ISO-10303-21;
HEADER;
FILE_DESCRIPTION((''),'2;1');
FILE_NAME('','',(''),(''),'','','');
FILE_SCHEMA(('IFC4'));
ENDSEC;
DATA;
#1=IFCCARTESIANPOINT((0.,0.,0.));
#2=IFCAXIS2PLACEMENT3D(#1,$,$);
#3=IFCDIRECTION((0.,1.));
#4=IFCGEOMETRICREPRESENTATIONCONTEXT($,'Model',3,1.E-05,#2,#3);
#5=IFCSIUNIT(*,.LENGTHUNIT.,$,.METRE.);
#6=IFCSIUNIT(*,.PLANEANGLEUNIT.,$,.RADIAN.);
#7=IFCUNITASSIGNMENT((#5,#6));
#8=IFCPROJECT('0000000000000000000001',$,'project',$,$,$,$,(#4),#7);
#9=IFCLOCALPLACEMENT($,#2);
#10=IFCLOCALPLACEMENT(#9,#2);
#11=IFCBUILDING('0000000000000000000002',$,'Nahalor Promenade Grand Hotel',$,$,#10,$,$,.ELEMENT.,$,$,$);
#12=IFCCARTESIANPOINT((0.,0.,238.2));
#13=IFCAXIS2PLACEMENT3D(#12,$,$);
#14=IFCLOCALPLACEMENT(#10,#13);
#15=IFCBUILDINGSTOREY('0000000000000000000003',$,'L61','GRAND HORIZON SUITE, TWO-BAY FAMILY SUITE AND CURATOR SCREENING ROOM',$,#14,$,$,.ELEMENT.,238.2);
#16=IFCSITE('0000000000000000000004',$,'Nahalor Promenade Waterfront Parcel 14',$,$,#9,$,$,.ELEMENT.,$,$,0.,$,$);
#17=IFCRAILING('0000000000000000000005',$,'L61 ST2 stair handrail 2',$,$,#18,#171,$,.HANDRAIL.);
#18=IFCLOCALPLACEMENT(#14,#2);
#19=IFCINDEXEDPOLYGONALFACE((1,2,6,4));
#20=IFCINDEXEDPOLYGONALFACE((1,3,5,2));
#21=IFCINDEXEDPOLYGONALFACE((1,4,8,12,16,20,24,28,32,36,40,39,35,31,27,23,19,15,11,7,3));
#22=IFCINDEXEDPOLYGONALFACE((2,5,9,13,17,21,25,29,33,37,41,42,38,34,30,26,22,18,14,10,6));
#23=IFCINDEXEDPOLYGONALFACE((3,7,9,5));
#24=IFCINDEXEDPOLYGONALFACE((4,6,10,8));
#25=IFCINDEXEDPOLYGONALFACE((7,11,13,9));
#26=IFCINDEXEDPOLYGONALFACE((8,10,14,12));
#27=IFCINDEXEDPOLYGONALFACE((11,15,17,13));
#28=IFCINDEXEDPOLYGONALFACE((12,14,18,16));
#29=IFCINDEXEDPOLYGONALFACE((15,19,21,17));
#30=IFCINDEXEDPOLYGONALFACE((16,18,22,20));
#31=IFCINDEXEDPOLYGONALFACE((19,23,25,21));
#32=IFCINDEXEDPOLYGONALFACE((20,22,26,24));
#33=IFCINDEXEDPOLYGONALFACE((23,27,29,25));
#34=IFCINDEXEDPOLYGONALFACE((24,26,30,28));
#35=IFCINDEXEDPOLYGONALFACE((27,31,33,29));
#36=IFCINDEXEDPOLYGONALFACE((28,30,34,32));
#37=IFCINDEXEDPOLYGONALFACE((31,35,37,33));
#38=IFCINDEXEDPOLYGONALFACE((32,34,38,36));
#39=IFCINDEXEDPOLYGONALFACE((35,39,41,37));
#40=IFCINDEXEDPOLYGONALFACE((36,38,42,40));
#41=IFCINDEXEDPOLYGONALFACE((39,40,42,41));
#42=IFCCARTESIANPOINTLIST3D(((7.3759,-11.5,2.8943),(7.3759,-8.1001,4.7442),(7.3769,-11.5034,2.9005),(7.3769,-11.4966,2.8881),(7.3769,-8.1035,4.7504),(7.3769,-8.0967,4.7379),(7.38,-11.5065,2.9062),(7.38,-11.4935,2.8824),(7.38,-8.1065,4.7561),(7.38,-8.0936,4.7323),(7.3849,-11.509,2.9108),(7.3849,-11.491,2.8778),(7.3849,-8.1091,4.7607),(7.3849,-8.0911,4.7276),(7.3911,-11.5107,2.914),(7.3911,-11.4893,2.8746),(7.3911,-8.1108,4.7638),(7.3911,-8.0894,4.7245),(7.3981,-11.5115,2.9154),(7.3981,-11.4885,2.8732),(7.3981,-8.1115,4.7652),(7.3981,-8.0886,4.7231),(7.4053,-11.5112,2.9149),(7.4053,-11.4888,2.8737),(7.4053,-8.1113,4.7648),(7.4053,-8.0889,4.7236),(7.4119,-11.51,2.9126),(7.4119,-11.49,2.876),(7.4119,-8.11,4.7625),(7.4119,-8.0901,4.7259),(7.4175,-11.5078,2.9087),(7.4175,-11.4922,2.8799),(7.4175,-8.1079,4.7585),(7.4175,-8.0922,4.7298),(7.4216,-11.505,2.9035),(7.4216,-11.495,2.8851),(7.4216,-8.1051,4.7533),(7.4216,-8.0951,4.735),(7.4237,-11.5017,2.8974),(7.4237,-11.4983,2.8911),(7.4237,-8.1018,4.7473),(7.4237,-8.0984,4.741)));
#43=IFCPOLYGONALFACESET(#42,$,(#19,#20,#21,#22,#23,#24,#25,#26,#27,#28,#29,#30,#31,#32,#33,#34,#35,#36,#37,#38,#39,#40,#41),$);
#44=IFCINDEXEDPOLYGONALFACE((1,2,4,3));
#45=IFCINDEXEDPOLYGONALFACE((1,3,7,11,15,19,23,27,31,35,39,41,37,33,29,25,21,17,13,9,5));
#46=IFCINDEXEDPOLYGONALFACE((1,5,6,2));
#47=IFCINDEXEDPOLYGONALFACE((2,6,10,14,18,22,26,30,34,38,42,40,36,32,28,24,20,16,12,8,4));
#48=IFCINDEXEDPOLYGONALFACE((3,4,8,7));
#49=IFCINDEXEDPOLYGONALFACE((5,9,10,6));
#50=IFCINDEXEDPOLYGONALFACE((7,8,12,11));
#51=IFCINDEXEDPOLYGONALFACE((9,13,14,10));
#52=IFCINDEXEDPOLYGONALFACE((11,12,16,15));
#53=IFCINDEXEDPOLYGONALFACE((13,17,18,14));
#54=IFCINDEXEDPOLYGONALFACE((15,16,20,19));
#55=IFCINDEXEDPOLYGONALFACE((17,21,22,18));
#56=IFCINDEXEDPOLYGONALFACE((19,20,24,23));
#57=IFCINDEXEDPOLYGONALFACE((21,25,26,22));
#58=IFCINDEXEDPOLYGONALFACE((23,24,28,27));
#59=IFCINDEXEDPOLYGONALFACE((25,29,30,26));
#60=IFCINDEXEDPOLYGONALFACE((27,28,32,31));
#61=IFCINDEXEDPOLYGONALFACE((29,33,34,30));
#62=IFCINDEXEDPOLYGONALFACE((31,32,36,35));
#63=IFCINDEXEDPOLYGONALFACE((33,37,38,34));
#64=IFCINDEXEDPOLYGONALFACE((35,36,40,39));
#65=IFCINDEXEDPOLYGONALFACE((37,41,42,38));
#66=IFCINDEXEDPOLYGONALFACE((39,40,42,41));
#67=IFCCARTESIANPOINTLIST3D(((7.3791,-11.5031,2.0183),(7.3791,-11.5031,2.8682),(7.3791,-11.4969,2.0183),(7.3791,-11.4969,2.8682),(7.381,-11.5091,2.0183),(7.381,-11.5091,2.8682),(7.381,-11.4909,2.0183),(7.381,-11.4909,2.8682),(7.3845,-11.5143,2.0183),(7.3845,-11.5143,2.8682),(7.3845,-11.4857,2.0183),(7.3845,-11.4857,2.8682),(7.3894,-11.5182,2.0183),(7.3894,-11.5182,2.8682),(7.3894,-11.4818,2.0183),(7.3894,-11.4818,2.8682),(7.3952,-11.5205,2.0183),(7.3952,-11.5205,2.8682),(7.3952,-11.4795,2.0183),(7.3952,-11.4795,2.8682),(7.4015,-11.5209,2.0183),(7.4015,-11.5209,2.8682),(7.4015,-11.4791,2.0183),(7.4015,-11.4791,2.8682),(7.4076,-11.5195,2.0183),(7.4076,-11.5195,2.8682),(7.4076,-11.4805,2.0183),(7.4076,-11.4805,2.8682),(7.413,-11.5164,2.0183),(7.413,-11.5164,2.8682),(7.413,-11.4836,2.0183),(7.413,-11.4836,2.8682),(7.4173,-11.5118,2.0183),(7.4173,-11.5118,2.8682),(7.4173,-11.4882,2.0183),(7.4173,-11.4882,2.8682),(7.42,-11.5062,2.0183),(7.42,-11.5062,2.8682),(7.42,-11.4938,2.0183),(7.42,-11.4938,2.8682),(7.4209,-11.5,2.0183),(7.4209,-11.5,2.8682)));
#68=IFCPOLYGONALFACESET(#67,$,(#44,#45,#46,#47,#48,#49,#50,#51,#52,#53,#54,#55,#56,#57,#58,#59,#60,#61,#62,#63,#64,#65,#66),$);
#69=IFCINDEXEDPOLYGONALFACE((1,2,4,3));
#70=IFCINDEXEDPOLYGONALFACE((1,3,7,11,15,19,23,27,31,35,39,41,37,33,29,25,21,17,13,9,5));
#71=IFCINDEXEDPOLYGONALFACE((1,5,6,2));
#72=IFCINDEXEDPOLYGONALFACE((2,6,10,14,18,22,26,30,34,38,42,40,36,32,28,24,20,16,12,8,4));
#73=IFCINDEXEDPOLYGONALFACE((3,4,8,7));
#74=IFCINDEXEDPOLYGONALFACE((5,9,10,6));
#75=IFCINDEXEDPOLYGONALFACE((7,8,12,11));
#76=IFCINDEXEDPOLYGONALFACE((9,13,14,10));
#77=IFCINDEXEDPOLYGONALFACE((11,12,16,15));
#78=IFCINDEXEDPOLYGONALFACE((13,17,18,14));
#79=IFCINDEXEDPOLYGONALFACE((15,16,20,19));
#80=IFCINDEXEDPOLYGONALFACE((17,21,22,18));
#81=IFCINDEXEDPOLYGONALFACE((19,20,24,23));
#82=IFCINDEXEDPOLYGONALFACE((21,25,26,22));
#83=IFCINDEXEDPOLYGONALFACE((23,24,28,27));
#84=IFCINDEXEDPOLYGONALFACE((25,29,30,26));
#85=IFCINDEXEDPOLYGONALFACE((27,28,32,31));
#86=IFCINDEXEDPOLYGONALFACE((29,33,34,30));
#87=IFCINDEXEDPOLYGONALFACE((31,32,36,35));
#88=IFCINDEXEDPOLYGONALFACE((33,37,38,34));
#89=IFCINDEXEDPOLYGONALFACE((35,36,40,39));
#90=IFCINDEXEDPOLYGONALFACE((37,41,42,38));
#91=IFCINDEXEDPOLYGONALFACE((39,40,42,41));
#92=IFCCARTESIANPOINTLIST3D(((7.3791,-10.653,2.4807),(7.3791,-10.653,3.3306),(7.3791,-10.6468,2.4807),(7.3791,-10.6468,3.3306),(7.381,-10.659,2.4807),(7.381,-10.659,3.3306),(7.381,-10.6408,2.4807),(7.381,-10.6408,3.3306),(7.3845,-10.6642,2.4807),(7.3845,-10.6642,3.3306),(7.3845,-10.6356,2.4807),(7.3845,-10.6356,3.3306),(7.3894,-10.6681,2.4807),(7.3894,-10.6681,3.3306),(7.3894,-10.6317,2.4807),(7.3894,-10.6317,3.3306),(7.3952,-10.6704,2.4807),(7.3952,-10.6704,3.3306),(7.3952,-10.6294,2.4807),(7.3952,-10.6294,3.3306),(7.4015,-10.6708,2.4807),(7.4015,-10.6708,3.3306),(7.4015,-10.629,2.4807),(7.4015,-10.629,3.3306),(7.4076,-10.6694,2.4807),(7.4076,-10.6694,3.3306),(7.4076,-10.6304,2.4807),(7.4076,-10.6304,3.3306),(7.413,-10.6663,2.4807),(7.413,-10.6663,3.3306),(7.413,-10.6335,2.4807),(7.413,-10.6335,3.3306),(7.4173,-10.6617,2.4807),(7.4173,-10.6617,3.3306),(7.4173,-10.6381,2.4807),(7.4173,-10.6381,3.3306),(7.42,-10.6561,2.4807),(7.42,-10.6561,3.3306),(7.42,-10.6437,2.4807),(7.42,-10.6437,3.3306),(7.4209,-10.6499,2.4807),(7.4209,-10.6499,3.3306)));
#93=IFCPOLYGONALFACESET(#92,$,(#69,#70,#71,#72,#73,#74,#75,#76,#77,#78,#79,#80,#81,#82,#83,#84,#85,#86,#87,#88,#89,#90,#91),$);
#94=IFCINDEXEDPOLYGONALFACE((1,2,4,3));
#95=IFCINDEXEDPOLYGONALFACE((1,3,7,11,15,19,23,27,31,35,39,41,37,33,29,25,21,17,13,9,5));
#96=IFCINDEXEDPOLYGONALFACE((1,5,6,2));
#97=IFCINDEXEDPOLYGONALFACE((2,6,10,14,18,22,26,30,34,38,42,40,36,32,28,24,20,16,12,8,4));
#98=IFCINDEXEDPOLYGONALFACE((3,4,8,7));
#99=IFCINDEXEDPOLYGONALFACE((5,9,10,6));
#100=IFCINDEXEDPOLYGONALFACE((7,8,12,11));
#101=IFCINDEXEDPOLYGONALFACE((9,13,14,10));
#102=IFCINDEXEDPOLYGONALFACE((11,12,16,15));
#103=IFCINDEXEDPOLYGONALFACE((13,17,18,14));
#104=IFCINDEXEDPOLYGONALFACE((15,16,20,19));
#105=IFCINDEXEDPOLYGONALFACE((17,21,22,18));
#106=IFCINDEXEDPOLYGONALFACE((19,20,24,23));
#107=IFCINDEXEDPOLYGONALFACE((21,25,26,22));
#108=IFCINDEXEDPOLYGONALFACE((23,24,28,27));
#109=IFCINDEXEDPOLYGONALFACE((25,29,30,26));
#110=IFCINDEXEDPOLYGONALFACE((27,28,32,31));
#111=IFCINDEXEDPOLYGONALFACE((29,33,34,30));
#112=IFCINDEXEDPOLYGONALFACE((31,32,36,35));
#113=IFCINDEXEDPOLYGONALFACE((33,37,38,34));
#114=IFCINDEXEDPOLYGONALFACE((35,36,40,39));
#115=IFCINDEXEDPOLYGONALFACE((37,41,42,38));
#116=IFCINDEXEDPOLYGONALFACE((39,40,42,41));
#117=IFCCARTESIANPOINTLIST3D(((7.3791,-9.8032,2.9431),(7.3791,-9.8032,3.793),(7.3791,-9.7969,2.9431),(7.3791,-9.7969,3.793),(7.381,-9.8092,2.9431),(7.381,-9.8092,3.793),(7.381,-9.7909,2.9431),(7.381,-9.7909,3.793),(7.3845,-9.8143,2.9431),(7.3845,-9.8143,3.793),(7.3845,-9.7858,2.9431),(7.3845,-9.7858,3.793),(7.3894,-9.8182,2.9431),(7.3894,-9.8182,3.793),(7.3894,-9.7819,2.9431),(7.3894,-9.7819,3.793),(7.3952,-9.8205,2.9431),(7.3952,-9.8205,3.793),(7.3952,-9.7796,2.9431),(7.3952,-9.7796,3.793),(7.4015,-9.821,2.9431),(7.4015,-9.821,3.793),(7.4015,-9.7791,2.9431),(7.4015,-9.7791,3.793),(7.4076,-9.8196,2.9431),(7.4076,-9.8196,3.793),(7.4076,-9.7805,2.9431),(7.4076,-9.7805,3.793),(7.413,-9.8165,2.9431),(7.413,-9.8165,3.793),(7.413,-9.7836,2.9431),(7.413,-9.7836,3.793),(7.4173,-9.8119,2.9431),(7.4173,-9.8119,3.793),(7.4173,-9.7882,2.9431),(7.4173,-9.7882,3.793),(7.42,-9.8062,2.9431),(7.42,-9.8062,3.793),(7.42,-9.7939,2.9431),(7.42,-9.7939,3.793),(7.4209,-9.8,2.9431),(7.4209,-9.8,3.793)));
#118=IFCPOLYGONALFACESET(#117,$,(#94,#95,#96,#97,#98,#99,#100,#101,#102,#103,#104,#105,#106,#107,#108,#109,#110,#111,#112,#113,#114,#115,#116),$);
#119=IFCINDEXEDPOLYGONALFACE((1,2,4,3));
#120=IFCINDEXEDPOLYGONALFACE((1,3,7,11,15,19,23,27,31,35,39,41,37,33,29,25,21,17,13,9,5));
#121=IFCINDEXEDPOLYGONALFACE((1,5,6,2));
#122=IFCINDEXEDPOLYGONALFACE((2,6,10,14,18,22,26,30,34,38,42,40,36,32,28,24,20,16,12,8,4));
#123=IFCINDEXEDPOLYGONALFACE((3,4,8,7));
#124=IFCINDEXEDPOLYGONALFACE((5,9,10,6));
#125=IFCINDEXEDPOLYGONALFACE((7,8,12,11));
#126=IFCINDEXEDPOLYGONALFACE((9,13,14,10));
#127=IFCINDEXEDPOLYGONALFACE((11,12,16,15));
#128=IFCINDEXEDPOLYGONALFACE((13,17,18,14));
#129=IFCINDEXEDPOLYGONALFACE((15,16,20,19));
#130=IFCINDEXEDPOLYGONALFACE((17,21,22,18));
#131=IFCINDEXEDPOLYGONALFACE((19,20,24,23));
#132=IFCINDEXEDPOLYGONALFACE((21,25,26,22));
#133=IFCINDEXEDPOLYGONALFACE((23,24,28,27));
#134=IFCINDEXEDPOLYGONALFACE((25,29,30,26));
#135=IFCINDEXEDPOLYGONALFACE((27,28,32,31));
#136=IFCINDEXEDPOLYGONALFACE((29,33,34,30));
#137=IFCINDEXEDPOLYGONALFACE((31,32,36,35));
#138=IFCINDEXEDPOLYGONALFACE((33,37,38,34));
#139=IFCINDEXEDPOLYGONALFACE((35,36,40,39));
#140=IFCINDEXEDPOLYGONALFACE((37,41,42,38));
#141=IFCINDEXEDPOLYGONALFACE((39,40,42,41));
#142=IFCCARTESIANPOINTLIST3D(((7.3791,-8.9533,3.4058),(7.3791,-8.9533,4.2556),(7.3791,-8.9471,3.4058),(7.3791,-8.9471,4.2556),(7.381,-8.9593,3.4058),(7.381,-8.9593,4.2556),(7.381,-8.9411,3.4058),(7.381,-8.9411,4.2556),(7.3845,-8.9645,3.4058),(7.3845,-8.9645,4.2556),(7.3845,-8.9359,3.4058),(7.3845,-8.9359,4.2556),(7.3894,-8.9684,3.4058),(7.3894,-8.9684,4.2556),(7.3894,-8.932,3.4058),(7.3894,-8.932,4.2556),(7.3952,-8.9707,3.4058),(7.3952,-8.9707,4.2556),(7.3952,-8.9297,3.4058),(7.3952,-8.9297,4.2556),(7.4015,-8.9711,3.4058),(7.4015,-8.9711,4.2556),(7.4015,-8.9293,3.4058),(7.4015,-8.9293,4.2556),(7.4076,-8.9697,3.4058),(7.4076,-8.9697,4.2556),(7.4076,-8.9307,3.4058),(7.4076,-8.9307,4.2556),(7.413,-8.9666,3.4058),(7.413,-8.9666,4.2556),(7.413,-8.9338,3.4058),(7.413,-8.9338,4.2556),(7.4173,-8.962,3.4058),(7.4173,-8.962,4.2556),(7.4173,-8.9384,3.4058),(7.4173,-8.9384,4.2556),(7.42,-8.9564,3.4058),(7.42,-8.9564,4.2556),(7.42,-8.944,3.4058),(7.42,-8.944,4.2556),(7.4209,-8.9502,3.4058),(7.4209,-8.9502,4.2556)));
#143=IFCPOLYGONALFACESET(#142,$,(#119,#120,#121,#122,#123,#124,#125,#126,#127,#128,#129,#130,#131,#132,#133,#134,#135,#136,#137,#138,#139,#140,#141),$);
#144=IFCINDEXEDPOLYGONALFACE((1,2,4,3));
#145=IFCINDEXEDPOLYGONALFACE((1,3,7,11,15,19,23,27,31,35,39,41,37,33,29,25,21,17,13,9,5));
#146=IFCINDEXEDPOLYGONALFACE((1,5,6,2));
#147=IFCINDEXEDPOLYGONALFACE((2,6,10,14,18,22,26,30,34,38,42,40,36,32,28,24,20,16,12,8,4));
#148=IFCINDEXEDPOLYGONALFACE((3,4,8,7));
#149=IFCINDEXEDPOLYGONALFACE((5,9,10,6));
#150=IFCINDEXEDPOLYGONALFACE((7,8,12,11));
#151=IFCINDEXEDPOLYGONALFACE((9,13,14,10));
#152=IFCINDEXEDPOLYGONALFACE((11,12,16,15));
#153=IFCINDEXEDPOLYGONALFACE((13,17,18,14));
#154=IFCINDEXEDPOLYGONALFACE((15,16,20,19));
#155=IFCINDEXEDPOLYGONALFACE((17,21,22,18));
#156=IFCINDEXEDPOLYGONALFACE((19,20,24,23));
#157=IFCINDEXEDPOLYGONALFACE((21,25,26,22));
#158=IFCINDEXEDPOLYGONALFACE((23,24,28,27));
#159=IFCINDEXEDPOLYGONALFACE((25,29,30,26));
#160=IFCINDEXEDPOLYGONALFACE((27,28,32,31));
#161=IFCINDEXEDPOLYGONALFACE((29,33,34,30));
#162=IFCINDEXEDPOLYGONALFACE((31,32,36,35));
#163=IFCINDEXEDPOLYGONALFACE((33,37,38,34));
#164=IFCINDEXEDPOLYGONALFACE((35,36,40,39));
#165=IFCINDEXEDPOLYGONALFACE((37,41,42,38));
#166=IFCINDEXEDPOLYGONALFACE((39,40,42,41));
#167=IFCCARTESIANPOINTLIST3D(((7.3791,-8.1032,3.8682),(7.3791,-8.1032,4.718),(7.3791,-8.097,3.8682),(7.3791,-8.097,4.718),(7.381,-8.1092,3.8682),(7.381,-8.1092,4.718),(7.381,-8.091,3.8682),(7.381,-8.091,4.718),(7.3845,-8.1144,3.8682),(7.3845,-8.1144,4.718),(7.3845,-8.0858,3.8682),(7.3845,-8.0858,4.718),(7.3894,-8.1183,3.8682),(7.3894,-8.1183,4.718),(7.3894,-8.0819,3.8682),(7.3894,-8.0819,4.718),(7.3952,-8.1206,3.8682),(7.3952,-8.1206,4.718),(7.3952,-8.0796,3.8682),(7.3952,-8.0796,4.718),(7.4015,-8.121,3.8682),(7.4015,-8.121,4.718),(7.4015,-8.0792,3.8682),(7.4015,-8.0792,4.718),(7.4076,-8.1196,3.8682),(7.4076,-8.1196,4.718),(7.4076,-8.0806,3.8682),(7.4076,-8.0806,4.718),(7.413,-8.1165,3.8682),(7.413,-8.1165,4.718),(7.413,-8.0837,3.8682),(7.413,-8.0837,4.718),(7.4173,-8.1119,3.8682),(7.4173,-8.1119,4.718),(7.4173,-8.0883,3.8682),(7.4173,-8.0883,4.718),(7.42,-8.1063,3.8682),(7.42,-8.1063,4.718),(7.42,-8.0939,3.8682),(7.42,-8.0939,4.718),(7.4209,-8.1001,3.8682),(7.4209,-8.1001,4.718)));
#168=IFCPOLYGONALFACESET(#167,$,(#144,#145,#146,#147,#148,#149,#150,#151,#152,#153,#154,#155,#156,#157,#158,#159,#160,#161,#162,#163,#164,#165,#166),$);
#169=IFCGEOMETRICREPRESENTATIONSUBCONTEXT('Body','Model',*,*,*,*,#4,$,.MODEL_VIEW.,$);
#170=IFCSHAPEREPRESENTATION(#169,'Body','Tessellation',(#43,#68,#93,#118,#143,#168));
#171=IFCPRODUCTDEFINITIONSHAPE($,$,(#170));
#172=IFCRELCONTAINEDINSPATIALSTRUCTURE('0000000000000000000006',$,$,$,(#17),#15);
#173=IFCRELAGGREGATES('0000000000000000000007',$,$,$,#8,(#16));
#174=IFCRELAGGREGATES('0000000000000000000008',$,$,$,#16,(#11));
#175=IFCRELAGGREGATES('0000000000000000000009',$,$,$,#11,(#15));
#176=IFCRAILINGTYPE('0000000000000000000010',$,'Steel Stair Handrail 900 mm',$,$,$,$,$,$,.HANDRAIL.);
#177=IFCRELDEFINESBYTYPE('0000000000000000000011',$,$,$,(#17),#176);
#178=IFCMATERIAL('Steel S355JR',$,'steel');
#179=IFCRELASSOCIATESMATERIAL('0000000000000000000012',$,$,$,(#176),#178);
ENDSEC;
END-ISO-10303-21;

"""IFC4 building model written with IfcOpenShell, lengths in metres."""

from ifc_helpers import new_model, si_unit, direction, frame, origin, origin_2d, place, context, subcontext, project, spatial, circle, extrude, material, type_object, element, save


model = new_model("IFC4")

# Units and contexts
model_context = context("Model", 3, precision=1e-05, world=origin(), true_north=direction((0.0, 1.0)))
body_context = subcontext(model_context, "Body", "Model", "MODEL_VIEW")
ifc_project = project(units=[si_unit("LENGTHUNIT", "METRE"), si_unit("PLANEANGLEUNIT", "RADIAN")], contexts=[model_context])

# Site, building, storey
site_placement = place(None, origin())
site = spatial("IfcSite", under=ifc_project, at=site_placement, Name="Nahalor Promenade Waterfront Parcel 14", CompositionType="ELEMENT", RefElevation=0.0)
building_placement = place(site_placement, origin())
building = spatial("IfcBuilding", under=site, at=building_placement, Name="Nahalor Promenade Grand Hotel", CompositionType="ELEMENT")
storey_placement = place(building_placement, frame((0.0, 0.0, 238.2)))
storey = spatial("IfcBuildingStorey", under=building, at=storey_placement, Name="L61", Description="GRAND HORIZON SUITE, TWO-BAY FAMILY SUITE AND CURATOR SCREENING ROOM", CompositionType="ELEMENT", Elevation=238.2)

# Shared definitions
ifc_material_1 = material(Name="Steel S355JR", Category="steel")

# Railing
railing_type_1 = type_object("IfcRailingType", Name="Steel Stair Handrail 900 mm", PredefinedType="HANDRAIL", material=ifc_material_1)
railing_1_placement = place(storey_placement, frame((7.3999, -11.5, 2.0183)))
element("IfcRailing", 1, at=railing_1_placement, inside=storey, type_object=railing_type_1, Name="L61 ST2 stair handrail 2", PredefinedType="HANDRAIL", context=body_context, shape_type="SweptSolid", body=[
    extrude(circle(Radius=0.024, at=origin_2d()), frame((0.0, 0.0, 0.876), z_axis=(0.0, 0.878399, 0.477928), x_axis=(-1.0, 0.0, 0.0)), (0.0, 0.0, 1.0), 3.8706),
    extrude(circle(Radius=0.021, at=origin_2d()), origin(), (0.0, 0.0, 1.0), 0.8499),
    extrude(circle(Radius=0.021, at=origin_2d()), frame((0.0, 0.8501, 0.4624)), (0.0, 0.0, 1.0), 0.8499),
    extrude(circle(Radius=0.021, at=origin_2d()), frame((0.0, 1.7, 0.9248)), (0.0, 0.0, 1.0), 0.8499),
    extrude(circle(Radius=0.021, at=origin_2d()), frame((0.0, 2.5498, 1.3875)), (0.0, 0.0, 1.0), 0.8499),
    extrude(circle(Radius=0.021, at=origin_2d()), frame((0.0, 3.3999, 1.8499)), (0.0, 0.0, 1.0), 0.8499),
])

save(model, "model.ifc")
